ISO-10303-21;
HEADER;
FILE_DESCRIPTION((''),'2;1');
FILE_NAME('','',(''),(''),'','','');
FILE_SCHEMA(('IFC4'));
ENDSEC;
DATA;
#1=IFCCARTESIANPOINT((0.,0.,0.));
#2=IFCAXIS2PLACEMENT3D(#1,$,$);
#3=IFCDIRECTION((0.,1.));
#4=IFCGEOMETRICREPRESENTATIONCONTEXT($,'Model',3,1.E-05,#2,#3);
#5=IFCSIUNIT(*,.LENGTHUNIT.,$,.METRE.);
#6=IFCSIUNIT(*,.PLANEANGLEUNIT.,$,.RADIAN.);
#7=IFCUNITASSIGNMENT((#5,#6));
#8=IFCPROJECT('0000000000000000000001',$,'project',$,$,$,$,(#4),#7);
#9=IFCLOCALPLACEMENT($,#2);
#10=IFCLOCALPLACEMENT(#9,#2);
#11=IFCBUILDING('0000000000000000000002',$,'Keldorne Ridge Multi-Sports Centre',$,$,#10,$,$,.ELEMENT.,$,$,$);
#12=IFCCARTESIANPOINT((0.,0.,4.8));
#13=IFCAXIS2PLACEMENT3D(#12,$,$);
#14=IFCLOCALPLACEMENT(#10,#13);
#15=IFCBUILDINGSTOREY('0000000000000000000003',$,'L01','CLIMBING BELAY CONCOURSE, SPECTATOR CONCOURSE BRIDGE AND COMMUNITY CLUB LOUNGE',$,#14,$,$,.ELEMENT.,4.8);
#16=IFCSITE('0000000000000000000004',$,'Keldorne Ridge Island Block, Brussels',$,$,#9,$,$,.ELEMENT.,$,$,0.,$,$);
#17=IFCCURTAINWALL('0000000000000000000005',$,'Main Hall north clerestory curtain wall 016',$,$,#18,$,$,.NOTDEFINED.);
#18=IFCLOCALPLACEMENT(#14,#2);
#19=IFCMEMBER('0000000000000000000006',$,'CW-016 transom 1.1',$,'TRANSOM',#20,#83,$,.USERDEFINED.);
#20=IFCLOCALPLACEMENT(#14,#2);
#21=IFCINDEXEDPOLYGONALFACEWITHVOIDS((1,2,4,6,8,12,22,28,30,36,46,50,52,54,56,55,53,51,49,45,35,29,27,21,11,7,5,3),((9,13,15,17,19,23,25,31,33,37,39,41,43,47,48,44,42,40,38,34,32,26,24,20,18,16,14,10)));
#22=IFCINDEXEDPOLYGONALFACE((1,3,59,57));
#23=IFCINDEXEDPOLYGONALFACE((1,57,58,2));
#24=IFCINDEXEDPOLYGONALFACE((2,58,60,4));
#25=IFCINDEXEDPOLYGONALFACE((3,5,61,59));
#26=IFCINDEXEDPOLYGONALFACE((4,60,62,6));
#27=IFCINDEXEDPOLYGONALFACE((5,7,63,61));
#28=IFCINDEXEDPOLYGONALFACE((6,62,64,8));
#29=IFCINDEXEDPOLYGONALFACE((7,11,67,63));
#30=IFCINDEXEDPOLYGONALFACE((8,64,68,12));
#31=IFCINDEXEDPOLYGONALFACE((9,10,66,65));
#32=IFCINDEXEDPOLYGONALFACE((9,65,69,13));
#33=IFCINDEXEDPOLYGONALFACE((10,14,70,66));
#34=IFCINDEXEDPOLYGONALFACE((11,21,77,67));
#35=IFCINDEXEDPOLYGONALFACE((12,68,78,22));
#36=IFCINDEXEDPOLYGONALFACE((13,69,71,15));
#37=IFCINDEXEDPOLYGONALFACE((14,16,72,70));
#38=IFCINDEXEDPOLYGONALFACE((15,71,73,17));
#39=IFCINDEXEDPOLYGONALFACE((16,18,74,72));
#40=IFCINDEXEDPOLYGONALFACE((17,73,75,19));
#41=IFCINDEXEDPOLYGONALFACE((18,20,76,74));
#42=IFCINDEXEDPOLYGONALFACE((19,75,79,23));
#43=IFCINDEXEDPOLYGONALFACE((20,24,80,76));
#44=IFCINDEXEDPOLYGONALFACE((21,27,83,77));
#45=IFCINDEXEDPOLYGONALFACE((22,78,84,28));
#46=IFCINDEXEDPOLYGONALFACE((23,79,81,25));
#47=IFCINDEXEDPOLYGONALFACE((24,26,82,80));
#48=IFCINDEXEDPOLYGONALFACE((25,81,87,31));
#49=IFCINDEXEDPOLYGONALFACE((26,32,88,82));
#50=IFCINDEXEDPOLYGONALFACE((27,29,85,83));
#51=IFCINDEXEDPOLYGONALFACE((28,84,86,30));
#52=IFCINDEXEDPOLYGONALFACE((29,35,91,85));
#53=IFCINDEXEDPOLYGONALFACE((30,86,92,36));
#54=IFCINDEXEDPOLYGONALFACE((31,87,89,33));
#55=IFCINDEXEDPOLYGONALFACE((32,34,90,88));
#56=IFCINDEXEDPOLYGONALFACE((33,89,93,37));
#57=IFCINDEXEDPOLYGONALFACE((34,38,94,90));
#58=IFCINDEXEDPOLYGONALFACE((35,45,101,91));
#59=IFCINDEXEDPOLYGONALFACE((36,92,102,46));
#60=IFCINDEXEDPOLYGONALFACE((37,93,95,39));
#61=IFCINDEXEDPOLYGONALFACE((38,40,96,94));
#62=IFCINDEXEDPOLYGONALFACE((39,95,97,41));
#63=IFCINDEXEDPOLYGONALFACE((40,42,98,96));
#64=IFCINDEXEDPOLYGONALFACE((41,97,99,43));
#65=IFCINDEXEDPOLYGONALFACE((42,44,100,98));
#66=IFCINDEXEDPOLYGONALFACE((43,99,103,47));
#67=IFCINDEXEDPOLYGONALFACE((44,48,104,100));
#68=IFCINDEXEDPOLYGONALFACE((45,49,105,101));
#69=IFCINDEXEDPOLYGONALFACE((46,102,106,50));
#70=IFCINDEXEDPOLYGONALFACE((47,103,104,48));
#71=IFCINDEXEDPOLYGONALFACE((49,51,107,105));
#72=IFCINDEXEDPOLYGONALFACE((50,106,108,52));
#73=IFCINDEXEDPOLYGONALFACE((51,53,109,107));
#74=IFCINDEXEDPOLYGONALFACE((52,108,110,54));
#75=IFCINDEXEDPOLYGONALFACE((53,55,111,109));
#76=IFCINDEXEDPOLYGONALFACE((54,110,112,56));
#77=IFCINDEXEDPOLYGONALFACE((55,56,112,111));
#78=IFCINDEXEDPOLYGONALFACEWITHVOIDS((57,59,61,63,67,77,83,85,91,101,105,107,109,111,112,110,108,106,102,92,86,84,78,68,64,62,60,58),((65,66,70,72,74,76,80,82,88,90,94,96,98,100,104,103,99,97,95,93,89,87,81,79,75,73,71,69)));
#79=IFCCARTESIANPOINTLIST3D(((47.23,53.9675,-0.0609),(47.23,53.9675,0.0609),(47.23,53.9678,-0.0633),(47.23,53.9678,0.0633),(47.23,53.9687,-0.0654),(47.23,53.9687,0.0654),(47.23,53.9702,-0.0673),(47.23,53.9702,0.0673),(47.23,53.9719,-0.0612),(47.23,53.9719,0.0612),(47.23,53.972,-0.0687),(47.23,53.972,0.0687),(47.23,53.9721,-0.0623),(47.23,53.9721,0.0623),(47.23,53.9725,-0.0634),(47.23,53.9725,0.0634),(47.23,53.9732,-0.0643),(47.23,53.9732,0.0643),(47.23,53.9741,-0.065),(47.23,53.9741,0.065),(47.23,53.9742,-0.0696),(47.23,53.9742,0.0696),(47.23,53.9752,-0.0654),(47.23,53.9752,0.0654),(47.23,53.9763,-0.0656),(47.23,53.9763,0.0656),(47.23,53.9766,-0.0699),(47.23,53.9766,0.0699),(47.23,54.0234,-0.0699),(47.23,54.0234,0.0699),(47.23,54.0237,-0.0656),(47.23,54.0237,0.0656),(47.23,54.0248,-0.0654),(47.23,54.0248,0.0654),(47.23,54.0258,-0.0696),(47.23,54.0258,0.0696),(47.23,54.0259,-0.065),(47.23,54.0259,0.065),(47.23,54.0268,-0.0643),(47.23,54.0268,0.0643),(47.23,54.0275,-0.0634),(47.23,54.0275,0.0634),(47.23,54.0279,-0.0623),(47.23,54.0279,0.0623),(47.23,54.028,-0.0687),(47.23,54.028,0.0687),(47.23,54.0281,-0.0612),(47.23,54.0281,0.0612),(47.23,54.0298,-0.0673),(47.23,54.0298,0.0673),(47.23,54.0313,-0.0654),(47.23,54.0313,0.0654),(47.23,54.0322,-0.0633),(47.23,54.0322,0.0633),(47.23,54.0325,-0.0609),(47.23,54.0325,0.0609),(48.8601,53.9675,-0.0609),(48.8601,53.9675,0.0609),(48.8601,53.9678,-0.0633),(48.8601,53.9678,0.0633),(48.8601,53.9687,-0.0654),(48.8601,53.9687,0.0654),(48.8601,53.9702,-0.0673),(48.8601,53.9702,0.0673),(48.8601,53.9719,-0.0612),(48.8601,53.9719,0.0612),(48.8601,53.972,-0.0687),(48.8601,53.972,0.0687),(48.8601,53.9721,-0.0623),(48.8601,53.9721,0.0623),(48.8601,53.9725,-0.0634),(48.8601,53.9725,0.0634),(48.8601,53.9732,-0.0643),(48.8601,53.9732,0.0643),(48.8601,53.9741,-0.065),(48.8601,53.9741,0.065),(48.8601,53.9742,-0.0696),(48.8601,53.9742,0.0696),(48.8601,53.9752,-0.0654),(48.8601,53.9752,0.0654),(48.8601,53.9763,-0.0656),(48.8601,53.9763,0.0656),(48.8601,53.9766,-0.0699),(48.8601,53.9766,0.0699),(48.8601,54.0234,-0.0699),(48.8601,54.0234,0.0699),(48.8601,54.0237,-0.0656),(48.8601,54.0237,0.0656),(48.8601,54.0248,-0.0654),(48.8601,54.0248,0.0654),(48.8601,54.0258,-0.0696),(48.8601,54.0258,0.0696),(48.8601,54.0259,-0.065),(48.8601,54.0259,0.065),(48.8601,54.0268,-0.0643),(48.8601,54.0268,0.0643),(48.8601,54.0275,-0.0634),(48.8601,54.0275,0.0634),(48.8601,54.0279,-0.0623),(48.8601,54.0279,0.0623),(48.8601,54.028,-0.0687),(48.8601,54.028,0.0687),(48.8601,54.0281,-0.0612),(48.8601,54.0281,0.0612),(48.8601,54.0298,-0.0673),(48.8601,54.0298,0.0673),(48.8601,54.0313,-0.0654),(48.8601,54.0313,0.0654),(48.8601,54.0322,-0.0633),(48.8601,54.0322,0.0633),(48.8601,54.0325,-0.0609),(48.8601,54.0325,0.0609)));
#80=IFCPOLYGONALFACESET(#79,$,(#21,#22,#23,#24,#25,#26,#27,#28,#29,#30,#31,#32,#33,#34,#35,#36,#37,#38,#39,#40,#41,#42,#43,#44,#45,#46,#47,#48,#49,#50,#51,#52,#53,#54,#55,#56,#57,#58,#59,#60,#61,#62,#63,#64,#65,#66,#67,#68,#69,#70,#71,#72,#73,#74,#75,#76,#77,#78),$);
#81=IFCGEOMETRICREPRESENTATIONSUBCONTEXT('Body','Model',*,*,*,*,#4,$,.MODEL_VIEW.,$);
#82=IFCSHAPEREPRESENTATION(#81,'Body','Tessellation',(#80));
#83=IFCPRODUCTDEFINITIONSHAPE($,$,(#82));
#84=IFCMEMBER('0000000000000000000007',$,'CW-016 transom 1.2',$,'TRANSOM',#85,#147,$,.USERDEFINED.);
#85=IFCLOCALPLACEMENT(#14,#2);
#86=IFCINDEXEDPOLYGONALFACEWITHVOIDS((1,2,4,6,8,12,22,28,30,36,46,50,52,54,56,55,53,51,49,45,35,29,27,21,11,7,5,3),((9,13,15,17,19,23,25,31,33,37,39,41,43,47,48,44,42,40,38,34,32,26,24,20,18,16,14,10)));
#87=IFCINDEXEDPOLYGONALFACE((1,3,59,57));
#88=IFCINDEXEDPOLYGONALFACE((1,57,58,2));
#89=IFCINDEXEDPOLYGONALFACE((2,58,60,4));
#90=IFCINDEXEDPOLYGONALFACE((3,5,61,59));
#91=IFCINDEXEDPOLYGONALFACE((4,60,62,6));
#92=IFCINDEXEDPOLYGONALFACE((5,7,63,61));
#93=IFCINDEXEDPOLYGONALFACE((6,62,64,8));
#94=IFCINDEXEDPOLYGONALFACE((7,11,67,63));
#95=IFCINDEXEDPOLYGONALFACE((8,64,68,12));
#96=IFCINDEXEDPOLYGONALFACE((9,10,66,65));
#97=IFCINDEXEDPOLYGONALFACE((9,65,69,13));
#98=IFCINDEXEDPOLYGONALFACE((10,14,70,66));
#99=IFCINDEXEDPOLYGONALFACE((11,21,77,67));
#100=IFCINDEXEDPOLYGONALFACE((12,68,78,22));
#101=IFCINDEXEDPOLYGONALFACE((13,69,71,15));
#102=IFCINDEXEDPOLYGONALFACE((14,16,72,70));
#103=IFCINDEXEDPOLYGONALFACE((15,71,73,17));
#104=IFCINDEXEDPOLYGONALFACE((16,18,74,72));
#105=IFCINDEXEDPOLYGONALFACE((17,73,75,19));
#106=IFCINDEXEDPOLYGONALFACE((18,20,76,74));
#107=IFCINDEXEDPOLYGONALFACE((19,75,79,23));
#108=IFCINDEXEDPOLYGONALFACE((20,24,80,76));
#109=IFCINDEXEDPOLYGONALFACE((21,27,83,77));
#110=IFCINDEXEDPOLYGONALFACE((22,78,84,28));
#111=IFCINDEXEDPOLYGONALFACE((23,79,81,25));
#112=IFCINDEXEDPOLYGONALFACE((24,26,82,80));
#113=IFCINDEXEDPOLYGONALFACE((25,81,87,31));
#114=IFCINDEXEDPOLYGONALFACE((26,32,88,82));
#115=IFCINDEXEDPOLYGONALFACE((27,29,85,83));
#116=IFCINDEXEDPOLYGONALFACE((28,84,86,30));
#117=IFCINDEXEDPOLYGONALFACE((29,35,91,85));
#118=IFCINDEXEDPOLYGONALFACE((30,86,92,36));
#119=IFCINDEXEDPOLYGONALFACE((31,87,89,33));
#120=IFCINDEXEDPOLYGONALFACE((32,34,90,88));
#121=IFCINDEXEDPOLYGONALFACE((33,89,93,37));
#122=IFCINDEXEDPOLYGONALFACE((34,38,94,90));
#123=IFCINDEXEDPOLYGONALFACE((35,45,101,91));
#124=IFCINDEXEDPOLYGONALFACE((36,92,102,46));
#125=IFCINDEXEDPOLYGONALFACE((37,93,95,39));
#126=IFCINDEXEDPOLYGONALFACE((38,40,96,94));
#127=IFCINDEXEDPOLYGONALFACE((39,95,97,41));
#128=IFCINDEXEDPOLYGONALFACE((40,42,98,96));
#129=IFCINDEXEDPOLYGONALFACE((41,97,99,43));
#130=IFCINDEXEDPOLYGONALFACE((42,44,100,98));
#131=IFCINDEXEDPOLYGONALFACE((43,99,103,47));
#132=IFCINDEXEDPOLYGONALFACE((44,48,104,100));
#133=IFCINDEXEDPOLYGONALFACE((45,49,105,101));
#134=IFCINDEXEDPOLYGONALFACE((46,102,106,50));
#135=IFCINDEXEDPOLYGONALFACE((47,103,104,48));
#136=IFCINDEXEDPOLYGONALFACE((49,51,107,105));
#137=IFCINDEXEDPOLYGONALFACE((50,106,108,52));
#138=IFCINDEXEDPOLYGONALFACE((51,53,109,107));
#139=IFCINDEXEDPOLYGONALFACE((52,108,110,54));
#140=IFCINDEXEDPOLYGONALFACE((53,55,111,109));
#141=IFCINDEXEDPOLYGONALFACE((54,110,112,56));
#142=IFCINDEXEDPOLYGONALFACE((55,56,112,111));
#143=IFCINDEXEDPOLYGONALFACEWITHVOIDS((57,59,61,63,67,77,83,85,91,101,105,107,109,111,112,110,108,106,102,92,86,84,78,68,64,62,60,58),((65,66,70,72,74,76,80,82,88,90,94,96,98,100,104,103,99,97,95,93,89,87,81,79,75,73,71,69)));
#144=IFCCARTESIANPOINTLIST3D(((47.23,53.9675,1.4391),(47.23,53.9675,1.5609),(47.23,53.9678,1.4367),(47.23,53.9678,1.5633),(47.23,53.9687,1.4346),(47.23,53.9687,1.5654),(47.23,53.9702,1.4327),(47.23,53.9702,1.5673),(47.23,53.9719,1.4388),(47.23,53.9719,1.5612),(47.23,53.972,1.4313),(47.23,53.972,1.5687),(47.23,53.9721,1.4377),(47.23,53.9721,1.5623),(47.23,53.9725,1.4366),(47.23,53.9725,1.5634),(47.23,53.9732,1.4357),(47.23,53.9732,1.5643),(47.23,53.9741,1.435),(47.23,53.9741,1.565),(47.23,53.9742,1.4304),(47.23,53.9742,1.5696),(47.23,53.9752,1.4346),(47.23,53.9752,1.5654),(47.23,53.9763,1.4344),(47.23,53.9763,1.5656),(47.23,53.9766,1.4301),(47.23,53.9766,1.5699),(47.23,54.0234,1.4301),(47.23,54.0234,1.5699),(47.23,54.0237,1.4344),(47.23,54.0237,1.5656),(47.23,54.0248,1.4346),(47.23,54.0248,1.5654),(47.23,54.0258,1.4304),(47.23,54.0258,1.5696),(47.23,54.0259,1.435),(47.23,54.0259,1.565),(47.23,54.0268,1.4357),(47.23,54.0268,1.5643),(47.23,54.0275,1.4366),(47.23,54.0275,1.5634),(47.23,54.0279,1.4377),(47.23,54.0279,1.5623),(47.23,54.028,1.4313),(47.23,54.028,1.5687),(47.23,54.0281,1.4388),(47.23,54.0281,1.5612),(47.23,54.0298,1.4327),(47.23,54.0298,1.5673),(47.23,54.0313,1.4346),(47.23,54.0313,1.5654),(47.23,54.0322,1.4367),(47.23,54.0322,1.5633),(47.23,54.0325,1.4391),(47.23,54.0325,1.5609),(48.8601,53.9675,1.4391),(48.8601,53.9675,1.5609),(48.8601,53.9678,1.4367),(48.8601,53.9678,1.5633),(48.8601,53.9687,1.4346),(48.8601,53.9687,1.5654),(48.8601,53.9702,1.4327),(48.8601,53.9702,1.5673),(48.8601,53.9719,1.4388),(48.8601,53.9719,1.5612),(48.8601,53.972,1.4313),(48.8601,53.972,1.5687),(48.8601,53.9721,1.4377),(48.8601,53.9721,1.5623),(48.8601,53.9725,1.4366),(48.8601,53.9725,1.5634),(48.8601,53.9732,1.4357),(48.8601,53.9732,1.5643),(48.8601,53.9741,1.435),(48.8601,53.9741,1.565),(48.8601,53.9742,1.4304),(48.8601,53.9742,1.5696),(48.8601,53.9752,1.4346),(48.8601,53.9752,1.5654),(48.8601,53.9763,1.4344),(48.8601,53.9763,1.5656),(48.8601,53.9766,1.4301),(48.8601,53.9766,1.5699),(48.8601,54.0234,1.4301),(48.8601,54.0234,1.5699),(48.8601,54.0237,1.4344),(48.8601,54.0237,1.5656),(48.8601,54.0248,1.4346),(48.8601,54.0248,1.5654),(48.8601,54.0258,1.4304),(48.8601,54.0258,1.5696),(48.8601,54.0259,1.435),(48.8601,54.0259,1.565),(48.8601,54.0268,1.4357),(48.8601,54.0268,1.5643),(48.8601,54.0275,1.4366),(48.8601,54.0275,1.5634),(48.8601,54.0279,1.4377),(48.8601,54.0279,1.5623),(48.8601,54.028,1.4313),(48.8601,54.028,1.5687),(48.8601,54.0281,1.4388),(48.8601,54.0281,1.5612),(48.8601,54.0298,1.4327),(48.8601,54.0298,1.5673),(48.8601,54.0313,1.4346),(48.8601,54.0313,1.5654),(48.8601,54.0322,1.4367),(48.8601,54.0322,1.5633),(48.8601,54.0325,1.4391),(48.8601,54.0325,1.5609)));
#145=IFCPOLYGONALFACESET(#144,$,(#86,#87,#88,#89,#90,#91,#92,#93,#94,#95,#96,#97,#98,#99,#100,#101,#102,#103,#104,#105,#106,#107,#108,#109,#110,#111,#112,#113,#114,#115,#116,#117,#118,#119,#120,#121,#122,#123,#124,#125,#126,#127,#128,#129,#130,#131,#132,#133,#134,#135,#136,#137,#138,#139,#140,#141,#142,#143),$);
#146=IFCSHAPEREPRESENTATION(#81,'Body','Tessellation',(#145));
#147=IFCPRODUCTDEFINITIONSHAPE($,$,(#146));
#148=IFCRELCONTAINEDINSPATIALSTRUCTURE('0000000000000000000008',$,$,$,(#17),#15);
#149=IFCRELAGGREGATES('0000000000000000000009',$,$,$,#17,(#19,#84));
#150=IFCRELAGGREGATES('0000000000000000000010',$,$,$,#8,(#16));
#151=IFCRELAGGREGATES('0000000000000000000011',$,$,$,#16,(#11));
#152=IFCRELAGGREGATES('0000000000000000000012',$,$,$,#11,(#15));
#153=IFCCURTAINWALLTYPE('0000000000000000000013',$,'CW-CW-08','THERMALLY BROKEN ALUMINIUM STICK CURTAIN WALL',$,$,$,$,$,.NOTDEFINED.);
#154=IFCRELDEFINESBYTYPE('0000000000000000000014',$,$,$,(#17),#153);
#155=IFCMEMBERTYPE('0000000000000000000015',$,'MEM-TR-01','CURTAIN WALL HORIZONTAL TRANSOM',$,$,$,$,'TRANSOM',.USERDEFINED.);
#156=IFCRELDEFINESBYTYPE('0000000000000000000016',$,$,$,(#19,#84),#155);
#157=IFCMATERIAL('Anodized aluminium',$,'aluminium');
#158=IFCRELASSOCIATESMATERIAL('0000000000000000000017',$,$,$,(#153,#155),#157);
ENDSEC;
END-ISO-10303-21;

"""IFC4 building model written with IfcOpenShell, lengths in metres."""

from ifc_helpers import new_model, si_unit, direction, frame, origin, origin_2d, place, context, subcontext, project, spatial, hollow_rectangle, extrude, material, material_profile, profile_set, type_object, element, aggregate, save


model = new_model("IFC4")

# Units and contexts
model_context = context("Model", 3, precision=1e-05, world=origin(), true_north=direction((0.0, 1.0)))
body_context = subcontext(model_context, "Body", "Model", "MODEL_VIEW")
ifc_project = project(units=[si_unit("LENGTHUNIT", "METRE"), si_unit("PLANEANGLEUNIT", "RADIAN")], contexts=[model_context])

# Site, building, storey
site_placement = place(None, origin())
site = spatial("IfcSite", under=ifc_project, at=site_placement, Name="Keldorne Ridge Island Block, Brussels", CompositionType="ELEMENT", RefElevation=0.0)
building_placement = place(site_placement, origin())
building = spatial("IfcBuilding", under=site, at=building_placement, Name="Keldorne Ridge Multi-Sports Centre", CompositionType="ELEMENT")
storey_placement = place(building_placement, frame((0.0, 0.0, 4.8)))
storey = spatial("IfcBuildingStorey", under=building, at=storey_placement, Name="L01", Description="CLIMBING BELAY CONCOURSE, SPECTATOR CONCOURSE BRIDGE AND COMMUNITY CLUB LOUNGE", CompositionType="ELEMENT", Elevation=4.8)

# Curtain wall
ifc_material_1 = material(Name="Anodized aluminium", Category="aluminium")
curtain_wall_type_1 = type_object("IfcCurtainWallType", Name="CW-CW-08", Description="THERMALLY BROKEN ALUMINIUM STICK CURTAIN WALL", PredefinedType="NOTDEFINED", material=ifc_material_1)
curtain_wall_1_placement = place(storey_placement, origin())
curtain_wall_1 = element("IfcCurtainWall", 1, at=curtain_wall_1_placement, inside=storey, type_object=curtain_wall_type_1, Name="Main Hall north clerestory curtain wall 016", PredefinedType="NOTDEFINED")

# Members
ifc_material_profile_1 = material_profile(ifc_material_1, hollow_rectangle(XDim=0.0649, YDim=0.1399, WallThickness=0.0044, InnerFilletRadius=0.0044, OuterFilletRadius=0.009, at=origin_2d()), Name="ALU TRANSOM 140x65x4.5")
ifc_profile_set_1 = profile_set([ifc_material_profile_1], Name="Anodized aluminium")
member_type_1 = type_object("IfcMemberType", Name="MEM-TR-01", Description="CURTAIN WALL HORIZONTAL TRANSOM", ElementType="TRANSOM", PredefinedType="USERDEFINED", material=ifc_profile_set_1)
member_1_placement = place(storey_placement, frame((48.8601, 54.0, 0.0), z_axis=(-1.0, 0.0, 0.0), x_axis=(0.0, -1.0, 0.0)))
member_1 = element("IfcMember", 2, at=member_1_placement, type_object=member_type_1, Name="CW-016 transom 1.1", ObjectType="TRANSOM", PredefinedType="USERDEFINED", context=body_context, shape_type="SweptSolid", body=[
    extrude(hollow_rectangle(XDim=0.0649, YDim=0.1399, WallThickness=0.0044, InnerFilletRadius=0.0044, OuterFilletRadius=0.009, at=origin_2d()), origin(), (0.0, 0.0, 1.0), 1.6301),
])
member_2_placement = place(storey_placement, frame((48.8601, 54.0, 1.5), z_axis=(-1.0, 0.0, 0.0), x_axis=(0.0, -1.0, 0.0)))
member_2 = element("IfcMember", 3, at=member_2_placement, type_object=member_type_1, Name="CW-016 transom 1.2", ObjectType="TRANSOM", PredefinedType="USERDEFINED", context=body_context, shape_type="SweptSolid", body=[
    extrude(hollow_rectangle(XDim=0.0649, YDim=0.1399, WallThickness=0.0044, InnerFilletRadius=0.0044, OuterFilletRadius=0.009, at=origin_2d()), origin(), (0.0, 0.0, 1.0), 1.6301),
])

aggregate(curtain_wall_1, [member_1, member_2])

save(model, "model.ifc")
